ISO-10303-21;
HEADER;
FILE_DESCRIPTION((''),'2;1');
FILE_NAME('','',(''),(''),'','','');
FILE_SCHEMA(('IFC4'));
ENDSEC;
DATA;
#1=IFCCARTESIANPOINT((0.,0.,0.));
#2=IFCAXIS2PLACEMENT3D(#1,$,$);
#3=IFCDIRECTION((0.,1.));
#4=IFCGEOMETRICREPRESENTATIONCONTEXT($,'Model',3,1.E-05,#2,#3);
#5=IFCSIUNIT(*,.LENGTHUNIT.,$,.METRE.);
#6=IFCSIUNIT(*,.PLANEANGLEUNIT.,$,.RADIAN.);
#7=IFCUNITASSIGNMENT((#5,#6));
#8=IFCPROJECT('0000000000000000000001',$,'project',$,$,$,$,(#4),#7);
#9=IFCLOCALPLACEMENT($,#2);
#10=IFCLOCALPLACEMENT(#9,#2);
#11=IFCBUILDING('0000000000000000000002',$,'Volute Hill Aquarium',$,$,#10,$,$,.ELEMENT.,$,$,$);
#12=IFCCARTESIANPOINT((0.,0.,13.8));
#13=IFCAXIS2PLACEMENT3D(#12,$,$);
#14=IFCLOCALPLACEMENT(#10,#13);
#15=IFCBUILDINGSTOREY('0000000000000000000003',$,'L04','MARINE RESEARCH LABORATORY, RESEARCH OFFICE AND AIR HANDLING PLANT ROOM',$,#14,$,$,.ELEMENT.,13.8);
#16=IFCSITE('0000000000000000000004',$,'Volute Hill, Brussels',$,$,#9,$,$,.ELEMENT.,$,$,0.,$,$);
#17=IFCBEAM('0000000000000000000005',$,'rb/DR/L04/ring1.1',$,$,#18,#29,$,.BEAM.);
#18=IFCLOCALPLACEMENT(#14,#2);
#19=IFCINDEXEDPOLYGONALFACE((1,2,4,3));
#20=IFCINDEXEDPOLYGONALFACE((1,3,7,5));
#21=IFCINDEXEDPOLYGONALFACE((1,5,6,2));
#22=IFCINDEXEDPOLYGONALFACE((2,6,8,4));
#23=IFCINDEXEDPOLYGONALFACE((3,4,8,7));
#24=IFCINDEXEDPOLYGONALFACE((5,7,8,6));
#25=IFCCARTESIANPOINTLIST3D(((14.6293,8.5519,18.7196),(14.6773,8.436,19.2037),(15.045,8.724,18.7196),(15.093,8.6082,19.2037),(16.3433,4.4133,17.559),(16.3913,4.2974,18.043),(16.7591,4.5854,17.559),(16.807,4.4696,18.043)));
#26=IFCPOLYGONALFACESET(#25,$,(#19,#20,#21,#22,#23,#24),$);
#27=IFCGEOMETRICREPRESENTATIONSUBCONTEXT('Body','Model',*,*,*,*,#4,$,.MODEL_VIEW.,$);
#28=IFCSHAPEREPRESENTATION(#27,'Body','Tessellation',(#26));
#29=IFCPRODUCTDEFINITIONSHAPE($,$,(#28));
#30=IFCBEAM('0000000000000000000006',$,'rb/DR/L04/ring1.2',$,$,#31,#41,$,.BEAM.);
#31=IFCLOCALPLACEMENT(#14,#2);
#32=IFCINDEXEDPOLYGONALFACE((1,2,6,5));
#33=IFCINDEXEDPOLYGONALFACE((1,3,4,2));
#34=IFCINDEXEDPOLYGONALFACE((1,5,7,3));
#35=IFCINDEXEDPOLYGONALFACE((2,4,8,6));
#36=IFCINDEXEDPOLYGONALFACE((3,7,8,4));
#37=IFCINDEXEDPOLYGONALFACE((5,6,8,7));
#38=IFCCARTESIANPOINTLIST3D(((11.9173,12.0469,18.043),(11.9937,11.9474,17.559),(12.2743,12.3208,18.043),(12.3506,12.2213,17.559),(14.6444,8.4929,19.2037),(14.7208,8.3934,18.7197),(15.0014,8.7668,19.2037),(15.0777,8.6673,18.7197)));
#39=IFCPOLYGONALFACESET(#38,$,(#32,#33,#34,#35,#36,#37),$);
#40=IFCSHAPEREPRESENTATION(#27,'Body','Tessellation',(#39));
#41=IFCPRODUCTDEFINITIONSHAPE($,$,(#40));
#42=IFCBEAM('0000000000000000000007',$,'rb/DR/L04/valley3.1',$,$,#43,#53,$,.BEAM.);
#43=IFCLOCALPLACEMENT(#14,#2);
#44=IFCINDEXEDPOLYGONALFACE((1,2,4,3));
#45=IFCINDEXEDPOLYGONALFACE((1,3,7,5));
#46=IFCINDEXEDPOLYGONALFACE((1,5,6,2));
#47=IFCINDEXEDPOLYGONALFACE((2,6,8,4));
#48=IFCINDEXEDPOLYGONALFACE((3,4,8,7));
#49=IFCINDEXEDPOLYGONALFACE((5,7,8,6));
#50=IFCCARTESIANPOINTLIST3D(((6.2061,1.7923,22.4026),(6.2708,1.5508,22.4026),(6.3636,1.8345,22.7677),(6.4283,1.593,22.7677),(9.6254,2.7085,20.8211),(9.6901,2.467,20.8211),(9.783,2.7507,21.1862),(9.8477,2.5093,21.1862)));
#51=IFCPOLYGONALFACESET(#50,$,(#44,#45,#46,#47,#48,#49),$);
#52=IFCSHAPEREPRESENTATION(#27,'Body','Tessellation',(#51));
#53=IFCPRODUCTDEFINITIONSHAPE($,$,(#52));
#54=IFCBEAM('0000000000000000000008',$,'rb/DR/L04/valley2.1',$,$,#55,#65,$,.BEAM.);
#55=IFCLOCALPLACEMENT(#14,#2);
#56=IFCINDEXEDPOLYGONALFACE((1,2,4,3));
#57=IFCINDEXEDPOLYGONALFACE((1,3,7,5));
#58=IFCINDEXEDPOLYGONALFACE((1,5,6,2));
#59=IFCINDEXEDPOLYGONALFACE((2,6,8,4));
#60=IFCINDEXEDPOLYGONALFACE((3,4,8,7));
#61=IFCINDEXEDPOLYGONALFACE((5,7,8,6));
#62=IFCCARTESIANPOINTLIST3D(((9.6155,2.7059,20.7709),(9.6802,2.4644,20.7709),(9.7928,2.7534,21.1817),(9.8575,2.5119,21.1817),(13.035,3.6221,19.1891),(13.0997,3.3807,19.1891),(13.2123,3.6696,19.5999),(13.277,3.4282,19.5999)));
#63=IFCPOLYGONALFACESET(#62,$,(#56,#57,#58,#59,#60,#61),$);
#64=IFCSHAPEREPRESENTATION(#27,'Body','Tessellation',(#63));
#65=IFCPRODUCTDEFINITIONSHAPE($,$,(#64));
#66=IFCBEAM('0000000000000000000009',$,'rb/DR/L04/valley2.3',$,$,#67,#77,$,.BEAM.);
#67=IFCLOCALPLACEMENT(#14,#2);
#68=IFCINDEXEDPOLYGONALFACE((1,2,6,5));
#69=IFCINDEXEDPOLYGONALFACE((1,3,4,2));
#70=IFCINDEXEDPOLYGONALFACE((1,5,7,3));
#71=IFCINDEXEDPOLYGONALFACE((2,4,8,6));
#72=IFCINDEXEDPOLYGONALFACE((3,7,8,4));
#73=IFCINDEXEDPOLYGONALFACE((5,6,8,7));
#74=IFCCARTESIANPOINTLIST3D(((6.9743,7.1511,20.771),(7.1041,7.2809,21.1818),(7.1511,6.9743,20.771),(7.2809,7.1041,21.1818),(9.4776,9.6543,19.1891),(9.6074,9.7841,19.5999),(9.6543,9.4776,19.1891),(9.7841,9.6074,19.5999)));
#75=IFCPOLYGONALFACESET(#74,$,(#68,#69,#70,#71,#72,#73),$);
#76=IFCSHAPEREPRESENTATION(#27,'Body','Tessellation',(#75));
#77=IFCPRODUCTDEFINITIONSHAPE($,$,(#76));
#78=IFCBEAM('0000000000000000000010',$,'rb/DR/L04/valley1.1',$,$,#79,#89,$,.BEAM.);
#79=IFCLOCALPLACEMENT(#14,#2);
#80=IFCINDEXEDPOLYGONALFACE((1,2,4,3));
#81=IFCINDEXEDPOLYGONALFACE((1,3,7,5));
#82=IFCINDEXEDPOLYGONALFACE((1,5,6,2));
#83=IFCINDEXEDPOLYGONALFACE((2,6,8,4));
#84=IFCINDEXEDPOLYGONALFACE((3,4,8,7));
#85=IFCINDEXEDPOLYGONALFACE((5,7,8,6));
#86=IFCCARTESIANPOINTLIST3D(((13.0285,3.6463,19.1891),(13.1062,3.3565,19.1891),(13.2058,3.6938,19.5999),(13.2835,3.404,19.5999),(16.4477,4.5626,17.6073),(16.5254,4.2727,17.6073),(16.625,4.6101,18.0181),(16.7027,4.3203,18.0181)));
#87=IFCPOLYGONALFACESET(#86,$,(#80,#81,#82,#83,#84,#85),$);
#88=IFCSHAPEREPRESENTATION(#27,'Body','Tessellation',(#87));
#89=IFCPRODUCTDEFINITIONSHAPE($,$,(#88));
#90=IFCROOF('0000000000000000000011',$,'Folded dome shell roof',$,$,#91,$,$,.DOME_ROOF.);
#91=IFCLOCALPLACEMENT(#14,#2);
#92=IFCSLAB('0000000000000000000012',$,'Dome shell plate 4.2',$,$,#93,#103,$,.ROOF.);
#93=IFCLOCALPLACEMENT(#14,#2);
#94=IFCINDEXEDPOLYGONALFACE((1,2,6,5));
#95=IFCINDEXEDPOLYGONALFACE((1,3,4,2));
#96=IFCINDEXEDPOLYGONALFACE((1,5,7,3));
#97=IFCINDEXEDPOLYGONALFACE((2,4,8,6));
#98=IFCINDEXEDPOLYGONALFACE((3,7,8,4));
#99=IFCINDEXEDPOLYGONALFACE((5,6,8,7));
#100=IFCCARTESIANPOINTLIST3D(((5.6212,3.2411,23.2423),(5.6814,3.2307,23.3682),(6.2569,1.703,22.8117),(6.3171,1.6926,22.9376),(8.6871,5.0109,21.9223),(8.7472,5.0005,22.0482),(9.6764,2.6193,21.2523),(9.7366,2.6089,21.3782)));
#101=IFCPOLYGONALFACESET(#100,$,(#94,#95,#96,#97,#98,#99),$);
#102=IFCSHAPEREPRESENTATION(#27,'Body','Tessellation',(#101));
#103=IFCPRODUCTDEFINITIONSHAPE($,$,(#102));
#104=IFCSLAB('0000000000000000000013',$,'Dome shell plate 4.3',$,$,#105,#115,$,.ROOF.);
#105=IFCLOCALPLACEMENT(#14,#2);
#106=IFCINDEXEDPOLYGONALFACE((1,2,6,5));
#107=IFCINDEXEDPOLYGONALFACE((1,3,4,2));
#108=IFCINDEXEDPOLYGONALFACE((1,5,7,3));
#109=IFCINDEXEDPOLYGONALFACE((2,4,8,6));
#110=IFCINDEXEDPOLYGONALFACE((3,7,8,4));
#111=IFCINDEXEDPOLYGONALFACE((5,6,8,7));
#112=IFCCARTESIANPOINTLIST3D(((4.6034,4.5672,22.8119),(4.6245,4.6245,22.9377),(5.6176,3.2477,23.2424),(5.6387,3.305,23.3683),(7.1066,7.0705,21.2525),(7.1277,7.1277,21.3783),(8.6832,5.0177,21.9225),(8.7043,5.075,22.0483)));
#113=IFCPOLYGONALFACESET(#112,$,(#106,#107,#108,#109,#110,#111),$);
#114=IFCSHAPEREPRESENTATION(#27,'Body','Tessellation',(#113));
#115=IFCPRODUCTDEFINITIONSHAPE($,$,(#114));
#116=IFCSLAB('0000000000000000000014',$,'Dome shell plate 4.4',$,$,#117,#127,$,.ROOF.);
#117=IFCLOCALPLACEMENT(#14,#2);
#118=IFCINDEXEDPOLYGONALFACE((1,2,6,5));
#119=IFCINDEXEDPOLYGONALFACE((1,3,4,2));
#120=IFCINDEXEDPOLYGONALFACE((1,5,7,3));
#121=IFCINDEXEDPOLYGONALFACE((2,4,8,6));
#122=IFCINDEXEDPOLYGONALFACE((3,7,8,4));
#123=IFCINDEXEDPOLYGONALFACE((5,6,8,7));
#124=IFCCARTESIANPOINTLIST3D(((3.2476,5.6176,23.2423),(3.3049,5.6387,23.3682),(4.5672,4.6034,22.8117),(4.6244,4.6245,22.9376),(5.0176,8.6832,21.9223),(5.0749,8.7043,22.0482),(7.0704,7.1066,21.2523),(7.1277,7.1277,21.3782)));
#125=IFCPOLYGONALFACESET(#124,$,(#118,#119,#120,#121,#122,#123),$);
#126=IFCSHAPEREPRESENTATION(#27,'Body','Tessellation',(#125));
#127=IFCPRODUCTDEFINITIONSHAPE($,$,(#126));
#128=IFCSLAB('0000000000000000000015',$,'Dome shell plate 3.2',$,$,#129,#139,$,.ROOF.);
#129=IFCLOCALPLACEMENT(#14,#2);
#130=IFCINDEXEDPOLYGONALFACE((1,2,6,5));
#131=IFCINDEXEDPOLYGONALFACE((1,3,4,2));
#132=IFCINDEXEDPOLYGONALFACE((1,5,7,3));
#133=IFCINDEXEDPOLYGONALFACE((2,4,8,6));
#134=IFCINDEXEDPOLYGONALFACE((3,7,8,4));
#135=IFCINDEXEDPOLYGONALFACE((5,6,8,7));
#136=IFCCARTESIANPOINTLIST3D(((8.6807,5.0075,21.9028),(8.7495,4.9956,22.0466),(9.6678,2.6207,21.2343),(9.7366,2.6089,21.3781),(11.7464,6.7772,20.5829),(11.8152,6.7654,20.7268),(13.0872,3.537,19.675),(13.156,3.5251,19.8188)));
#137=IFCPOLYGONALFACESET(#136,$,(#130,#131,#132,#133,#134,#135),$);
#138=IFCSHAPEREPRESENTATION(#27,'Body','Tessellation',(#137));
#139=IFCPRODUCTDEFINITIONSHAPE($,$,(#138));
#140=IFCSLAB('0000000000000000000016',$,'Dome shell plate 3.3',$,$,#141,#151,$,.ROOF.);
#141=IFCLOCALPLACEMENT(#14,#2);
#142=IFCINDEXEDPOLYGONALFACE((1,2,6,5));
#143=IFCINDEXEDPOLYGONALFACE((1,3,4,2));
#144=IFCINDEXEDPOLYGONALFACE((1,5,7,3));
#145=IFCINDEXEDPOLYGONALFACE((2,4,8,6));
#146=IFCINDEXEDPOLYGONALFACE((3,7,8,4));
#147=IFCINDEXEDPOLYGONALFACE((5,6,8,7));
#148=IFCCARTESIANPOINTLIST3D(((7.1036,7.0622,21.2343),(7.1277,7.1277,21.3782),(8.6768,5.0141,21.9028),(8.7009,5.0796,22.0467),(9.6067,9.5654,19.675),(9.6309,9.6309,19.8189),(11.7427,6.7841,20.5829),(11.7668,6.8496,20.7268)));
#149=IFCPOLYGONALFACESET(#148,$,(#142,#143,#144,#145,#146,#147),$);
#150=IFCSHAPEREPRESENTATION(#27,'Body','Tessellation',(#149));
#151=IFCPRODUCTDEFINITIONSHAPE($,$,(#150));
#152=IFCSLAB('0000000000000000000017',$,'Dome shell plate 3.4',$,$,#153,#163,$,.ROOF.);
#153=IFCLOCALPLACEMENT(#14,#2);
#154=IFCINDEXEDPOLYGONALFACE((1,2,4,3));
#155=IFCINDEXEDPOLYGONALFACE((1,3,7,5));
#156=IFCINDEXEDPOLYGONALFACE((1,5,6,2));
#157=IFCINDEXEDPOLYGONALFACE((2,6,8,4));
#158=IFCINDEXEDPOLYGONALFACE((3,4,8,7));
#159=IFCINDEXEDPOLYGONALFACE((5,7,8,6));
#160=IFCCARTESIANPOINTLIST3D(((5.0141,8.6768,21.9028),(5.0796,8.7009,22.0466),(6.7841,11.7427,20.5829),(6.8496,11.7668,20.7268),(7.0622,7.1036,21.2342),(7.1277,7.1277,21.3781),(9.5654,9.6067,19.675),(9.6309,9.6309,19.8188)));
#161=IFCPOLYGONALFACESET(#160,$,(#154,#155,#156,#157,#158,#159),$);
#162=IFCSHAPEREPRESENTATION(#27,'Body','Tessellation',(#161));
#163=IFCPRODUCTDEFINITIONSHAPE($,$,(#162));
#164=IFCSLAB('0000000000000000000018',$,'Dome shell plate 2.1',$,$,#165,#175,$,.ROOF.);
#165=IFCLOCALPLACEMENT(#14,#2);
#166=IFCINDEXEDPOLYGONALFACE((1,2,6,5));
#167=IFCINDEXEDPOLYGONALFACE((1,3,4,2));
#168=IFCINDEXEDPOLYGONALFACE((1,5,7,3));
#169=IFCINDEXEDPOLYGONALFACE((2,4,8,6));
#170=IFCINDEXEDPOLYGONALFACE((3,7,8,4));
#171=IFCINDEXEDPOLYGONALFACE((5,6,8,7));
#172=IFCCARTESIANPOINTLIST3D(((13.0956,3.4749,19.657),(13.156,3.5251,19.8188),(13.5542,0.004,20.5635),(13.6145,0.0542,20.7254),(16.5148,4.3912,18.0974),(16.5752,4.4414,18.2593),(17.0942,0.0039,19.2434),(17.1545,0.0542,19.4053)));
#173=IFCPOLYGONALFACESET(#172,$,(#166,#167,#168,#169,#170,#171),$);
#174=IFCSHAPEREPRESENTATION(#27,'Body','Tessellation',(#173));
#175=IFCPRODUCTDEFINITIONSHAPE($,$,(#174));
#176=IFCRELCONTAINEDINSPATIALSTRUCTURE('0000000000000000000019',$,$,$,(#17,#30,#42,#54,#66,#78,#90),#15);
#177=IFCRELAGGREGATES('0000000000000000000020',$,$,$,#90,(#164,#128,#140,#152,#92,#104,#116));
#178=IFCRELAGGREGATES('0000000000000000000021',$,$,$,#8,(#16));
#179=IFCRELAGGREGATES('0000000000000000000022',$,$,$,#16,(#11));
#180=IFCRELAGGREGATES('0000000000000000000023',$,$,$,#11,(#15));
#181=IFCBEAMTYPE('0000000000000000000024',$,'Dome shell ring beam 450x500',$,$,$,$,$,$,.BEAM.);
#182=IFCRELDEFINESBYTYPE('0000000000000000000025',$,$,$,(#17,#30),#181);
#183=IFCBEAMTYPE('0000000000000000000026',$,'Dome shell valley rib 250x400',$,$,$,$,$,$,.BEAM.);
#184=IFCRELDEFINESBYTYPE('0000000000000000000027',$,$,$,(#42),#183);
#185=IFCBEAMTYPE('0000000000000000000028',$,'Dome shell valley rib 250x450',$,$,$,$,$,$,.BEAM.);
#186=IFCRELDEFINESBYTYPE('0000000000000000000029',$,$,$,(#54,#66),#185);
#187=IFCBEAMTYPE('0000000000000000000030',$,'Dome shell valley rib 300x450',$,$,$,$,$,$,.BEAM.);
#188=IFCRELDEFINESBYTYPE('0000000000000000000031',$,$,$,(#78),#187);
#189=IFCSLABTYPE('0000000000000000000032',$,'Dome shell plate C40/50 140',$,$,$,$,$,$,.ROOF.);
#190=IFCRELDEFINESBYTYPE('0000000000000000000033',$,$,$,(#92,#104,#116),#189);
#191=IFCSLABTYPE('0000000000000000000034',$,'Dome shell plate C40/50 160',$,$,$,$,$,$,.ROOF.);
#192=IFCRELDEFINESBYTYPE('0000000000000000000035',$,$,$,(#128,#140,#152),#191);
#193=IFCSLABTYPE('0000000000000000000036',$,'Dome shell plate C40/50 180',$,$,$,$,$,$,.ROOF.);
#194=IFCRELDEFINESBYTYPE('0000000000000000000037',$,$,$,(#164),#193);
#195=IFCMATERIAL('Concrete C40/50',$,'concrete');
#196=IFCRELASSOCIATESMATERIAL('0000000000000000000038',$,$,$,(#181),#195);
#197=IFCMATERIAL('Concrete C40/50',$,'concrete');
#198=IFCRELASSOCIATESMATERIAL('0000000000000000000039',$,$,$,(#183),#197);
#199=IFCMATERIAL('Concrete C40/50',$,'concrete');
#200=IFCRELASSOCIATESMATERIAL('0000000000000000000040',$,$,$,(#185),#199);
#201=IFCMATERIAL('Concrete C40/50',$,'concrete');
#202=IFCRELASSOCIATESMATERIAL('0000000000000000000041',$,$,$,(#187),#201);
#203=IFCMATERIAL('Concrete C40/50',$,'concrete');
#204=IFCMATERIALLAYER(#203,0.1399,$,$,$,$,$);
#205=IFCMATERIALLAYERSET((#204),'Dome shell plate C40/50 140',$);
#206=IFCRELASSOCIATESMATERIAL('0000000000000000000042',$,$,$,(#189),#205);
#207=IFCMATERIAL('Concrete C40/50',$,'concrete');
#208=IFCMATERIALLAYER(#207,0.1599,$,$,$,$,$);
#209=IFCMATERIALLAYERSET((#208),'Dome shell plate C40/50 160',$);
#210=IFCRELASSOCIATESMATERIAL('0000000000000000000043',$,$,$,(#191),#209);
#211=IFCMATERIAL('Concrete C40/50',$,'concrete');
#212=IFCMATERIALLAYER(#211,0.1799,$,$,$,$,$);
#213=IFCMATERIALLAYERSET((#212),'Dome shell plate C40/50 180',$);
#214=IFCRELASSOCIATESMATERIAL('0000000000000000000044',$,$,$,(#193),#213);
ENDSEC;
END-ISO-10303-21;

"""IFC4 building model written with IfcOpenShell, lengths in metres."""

from ifc_helpers import new_model, si_unit, direction, frame, origin, origin_2d, place, context, subcontext, project, spatial, polyline, rectangle, outline, extrude, material, layer, layer_set, material_profile, profile_set, type_object, element, aggregate, save


model = new_model("IFC4")

# Units and contexts
model_context = context("Model", 3, precision=1e-05, world=origin(), true_north=direction((0.0, 1.0)))
body_context = subcontext(model_context, "Body", "Model", "MODEL_VIEW")
ifc_project = project(units=[si_unit("LENGTHUNIT", "METRE"), si_unit("PLANEANGLEUNIT", "RADIAN")], contexts=[model_context])

# Site, building, storey
site_placement = place(None, origin())
site = spatial("IfcSite", under=ifc_project, at=site_placement, Name="Volute Hill, Brussels", CompositionType="ELEMENT", RefElevation=0.0)
building_placement = place(site_placement, origin())
building = spatial("IfcBuilding", under=site, at=building_placement, Name="Volute Hill Aquarium", CompositionType="ELEMENT")
storey_placement = place(building_placement, frame((0.0, 0.0, 13.8)))
storey = spatial("IfcBuildingStorey", under=building, at=storey_placement, Name="L04", Description="MARINE RESEARCH LABORATORY, RESEARCH OFFICE AND AIR HANDLING PLANT ROOM", CompositionType="ELEMENT", Elevation=13.8)

# Beams
ifc_material_1 = material(Name="Concrete C40/50", Category="concrete")
ifc_material_profile_1 = material_profile(ifc_material_1, rectangle(XDim=0.45, YDim=0.5, at=origin_2d()), Name="RC beam 450x500")
ifc_profile_set_1 = profile_set([ifc_material_profile_1], Name="Concrete C40/50")
beam_type_1 = type_object("IfcBeamType", Name="Dome shell ring beam 450x500", PredefinedType="BEAM", material=ifc_profile_set_1)
beam_1_placement = place(storey_placement, frame((16.5752, 4.4414, 17.801), z_axis=(-0.370417, 0.894362, 0.250814), x_axis=(-0.923894, -0.382649, 0.0)))
element("IfcBeam", 1, at=beam_1_placement, inside=storey, type_object=beam_type_1, Name="rb/DR/L04/ring1.1", PredefinedType="BEAM", context=body_context, shape_type="SweptSolid", body=[
    extrude(rectangle(XDim=0.45, YDim=0.5, at=origin_2d()), origin(), (0.0, 0.0, 1.0), 4.6274),
])
beam_2_placement = place(storey_placement, frame((14.8611, 8.5801, 18.9617), z_axis=(-0.589304, 0.767994, -0.25081), x_axis=(-0.793353, -0.608762, 0.0)))
element("IfcBeam", 2, at=beam_2_placement, inside=storey, type_object=beam_type_1, Name="rb/DR/L04/ring1.2", PredefinedType="BEAM", context=body_context, shape_type="SweptSolid", body=[
    extrude(rectangle(XDim=0.45, YDim=0.5, at=origin_2d()), origin(), (0.0, 0.0, 1.0), 4.6277),
])
ifc_material_2 = material(Name="Concrete C40/50", Category="concrete")
ifc_material_profile_2 = material_profile(ifc_material_2, rectangle(XDim=0.25, YDim=0.3999, at=origin_2d()), Name="RC rib 250x400")
ifc_profile_set_2 = profile_set([ifc_material_profile_2], Name="Concrete C40/50")
beam_type_2 = type_object("IfcBeamType", Name="Dome shell valley rib 250x400", PredefinedType="BEAM", material=ifc_profile_set_2)
beam_3_placement = place(storey_placement, frame((9.7366, 2.6089, 21.0037), z_axis=(-0.881915, -0.236315, 0.4079), x_axis=(0.258826, -0.965924, 0.0)))
element("IfcBeam", 3, at=beam_3_placement, inside=storey, type_object=beam_type_2, Name="rb/DR/L04/valley3.1", PredefinedType="BEAM", context=body_context, shape_type="SweptSolid", body=[
    extrude(rectangle(XDim=0.25, YDim=0.3999, at=origin_2d()), origin(), (0.0, 0.0, 1.0), 3.8772),
])
ifc_material_3 = material(Name="Concrete C40/50", Category="concrete")
ifc_material_profile_3 = material_profile(ifc_material_3, rectangle(XDim=0.25, YDim=0.45, at=origin_2d()), Name="RC rib 250x450")
ifc_profile_set_3 = profile_set([ifc_material_profile_3], Name="Concrete C40/50")
beam_type_3 = type_object("IfcBeamType", Name="Dome shell valley rib 250x450", PredefinedType="BEAM", material=ifc_profile_set_3)
for number, where, z_axis, x_axis, name in (
    (4, (13.156, 3.5251, 19.3945), (-0.881892, -0.236309, 0.407952), (0.258826, -0.965924, 0.0), "rb/DR/L04/valley2.1"),
    (5, (9.6309, 9.6309, 19.3945), (-0.64559, -0.64559, 0.407956), (0.707107, -0.707107, 0.0), "rb/DR/L04/valley2.3"),
):
    element("IfcBeam", number, at=place(storey_placement, frame(where, z_axis=z_axis, x_axis=x_axis)), inside=storey, type_object=beam_type_3, Name=name, PredefinedType="BEAM", context=body_context, shape_type="SweptSolid", body=[
        extrude(rectangle(XDim=0.25, YDim=0.45, at=origin_2d()), origin(), (0.0, 0.0, 1.0), 3.8774),
    ])
ifc_material_4 = material(Name="Concrete C40/50", Category="concrete")
ifc_material_profile_4 = material_profile(ifc_material_4, rectangle(XDim=0.3, YDim=0.45, at=origin_2d()), Name="RC rib 300x450")
ifc_profile_set_4 = profile_set([ifc_material_profile_4], Name="Concrete C40/50")
beam_type_4 = type_object("IfcBeamType", Name="Dome shell valley rib 300x450", PredefinedType="BEAM", material=ifc_profile_set_4)
beam_4_placement = place(storey_placement, frame((16.5752, 4.4414, 17.8127), z_axis=(-0.881878, -0.236322, 0.407975), x_axis=(0.258843, -0.965919, 0.0)))
element("IfcBeam", 6, at=beam_4_placement, inside=storey, type_object=beam_type_4, Name="rb/DR/L04/valley1.1", PredefinedType="BEAM", context=body_context, shape_type="SweptSolid", body=[
    extrude(rectangle(XDim=0.3, YDim=0.45, at=origin_2d()), origin(), (0.0, 0.0, 1.0), 3.8772),
])

# Roof, slabs
roof_placement = place(storey_placement, origin())
roof = element("IfcRoof", 7, at=roof_placement, inside=storey, Name="Folded dome shell roof", PredefinedType="DOME_ROOF")
ifc_material_5 = material(Name="Concrete C40/50", Category="concrete")
ifc_layer_1 = layer(ifc_material_5, 0.1399)
ifc_layer_set_1 = layer_set([ifc_layer_1], Name="Dome shell plate C40/50 140")
slab_type_1 = type_object("IfcSlabType", Name="Dome shell plate C40/50 140", PredefinedType="ROOF", material=ifc_layer_set_1)
slab_1_placement = place(storey_placement, frame((9.7366, 2.6089, 21.3782), z_axis=(0.43015, -0.074106, 0.899711), x_axis=(-0.370057, 0.894569, 0.250606)))
slab_1 = element("IfcSlab", 8, at=slab_1_placement, type_object=slab_type_1, Name="Dome shell plate 4.2", PredefinedType="ROOF", context=body_context, shape_type="SweptSolid", body=[
    extrude(outline(polyline([(0.0, 0.0), (2.6735, 0.0), (2.5556, 3.7762), (0.8366, 3.7768), (0.0, 0.0)])), origin(), (0.0, 0.0, -1.0), 0.1399),
])
slab_2_placement = place(storey_placement, frame((8.7043, 5.075, 22.0483), z_axis=(0.150917, 0.409572, 0.899708), x_axis=(-0.589682, 0.767773, -0.250598)))
slab_2 = element("IfcSlab", 9, at=slab_2_placement, type_object=slab_type_1, Name="Dome shell plate 4.3", PredefinedType="ROOF", context=body_context, shape_type="SweptSolid", body=[
    extrude(outline(polyline([(0.0, 0.0), (2.6737, 0.0), (1.8371, 3.7768), (0.1181, 3.7762), (0.0, 0.0)])), origin(), (0.0, 0.0, -1.0), 0.1399),
])
slab_3_placement = place(storey_placement, frame((7.1277, 7.1277, 21.3782), z_axis=(0.409572, 0.150917, 0.899708), x_axis=(-0.767773, 0.589682, 0.250598)))
slab_3 = element("IfcSlab", 10, at=slab_3_placement, type_object=slab_type_1, Name="Dome shell plate 4.4", PredefinedType="ROOF", context=body_context, shape_type="SweptSolid", body=[
    extrude(outline(polyline([(0.0, 0.0), (2.6737, 0.0), (2.5556, 3.7762), (0.8366, 3.7768), (0.0, 0.0)])), origin(), (0.0, 0.0, -1.0), 0.1399),
])
ifc_material_6 = material(Name="Concrete C40/50", Category="concrete")
ifc_layer_2 = layer(ifc_material_6, 0.1599)
ifc_layer_set_2 = layer_set([ifc_layer_2], Name="Dome shell plate C40/50 160")
slab_type_2 = type_object("IfcSlabType", Name="Dome shell plate C40/50 160", PredefinedType="ROOF", material=ifc_layer_set_2)
slab_4_placement = place(storey_placement, frame((13.156, 3.5251, 19.8188), z_axis=(0.430137, -0.074111, 0.899716), x_axis=(-0.370157, 0.894516, 0.250648)))
slab_4 = element("IfcSlab", 11, at=slab_4_placement, type_object=slab_type_2, Name="Dome shell plate 3.2", PredefinedType="ROOF", context=body_context, shape_type="SweptSolid", body=[
    extrude(outline(polyline([(0.0, 0.0), (3.6223, 0.0), (3.5048, 3.7761), (0.837, 3.7766), (0.0, 0.0)])), origin(), (0.0, 0.0, -1.0), 0.1599),
])
slab_5_placement = place(storey_placement, frame((11.7668, 6.8496, 20.7268), z_axis=(0.150876, 0.409571, 0.899716), x_axis=(-0.589649, 0.767787, -0.250634)))
slab_5 = element("IfcSlab", 12, at=slab_5_placement, type_object=slab_type_2, Name="Dome shell plate 3.3", PredefinedType="ROOF", context=body_context, shape_type="SweptSolid", body=[
    extrude(outline(polyline([(0.0, 0.0), (3.6225, 0.0), (2.7857, 3.7767), (0.118, 3.7764), (0.0, 0.0)])), origin(), (0.0, 0.0, -1.0), 0.1599),
])
slab_6_placement = place(storey_placement, frame((9.6309, 9.6309, 19.8188), z_axis=(0.409571, 0.150876, 0.899716), x_axis=(-0.767787, 0.589649, 0.250634)))
slab_6 = element("IfcSlab", 13, at=slab_6_placement, type_object=slab_type_2, Name="Dome shell plate 3.4", PredefinedType="ROOF", context=body_context, shape_type="SweptSolid", body=[
    extrude(outline(polyline([(0.0, 0.0), (3.6225, 0.0), (3.5044, 3.7764), (0.8367, 3.7767), (0.0, 0.0)])), origin(), (0.0, 0.0, -1.0), 0.1599),
])
ifc_material_7 = material(Name="Concrete C40/50", Category="concrete")
ifc_layer_3 = layer(ifc_material_7, 0.1799)
ifc_layer_set_3 = layer_set([ifc_layer_3], Name="Dome shell plate C40/50 180")
slab_type_3 = type_object("IfcSlabType", Name="Dome shell plate C40/50 180", PredefinedType="ROOF", material=ifc_layer_set_3)
slab_7_placement = place(storey_placement, frame((17.1545, 0.0542, 19.4053), z_axis=(0.335504, 0.279301, 0.899682), x_axis=(-0.126732, 0.959738, -0.250684)))
slab_7 = element("IfcSlab", 14, at=slab_7_placement, type_object=slab_type_3, Name="Dome shell plate 2.1", PredefinedType="ROOF", context=body_context, shape_type="SweptSolid", body=[
    extrude(outline(polyline([(0.0, 0.0), (4.5713, 0.0), (3.7343, 3.7765), (0.1177, 3.7763), (0.0, 0.0)])), origin(), (0.0, 0.0, -1.0), 0.1799),
])
aggregate(roof, [slab_7, slab_4, slab_5, slab_6, slab_1, slab_2, slab_3])

save(model, "model.ifc")
